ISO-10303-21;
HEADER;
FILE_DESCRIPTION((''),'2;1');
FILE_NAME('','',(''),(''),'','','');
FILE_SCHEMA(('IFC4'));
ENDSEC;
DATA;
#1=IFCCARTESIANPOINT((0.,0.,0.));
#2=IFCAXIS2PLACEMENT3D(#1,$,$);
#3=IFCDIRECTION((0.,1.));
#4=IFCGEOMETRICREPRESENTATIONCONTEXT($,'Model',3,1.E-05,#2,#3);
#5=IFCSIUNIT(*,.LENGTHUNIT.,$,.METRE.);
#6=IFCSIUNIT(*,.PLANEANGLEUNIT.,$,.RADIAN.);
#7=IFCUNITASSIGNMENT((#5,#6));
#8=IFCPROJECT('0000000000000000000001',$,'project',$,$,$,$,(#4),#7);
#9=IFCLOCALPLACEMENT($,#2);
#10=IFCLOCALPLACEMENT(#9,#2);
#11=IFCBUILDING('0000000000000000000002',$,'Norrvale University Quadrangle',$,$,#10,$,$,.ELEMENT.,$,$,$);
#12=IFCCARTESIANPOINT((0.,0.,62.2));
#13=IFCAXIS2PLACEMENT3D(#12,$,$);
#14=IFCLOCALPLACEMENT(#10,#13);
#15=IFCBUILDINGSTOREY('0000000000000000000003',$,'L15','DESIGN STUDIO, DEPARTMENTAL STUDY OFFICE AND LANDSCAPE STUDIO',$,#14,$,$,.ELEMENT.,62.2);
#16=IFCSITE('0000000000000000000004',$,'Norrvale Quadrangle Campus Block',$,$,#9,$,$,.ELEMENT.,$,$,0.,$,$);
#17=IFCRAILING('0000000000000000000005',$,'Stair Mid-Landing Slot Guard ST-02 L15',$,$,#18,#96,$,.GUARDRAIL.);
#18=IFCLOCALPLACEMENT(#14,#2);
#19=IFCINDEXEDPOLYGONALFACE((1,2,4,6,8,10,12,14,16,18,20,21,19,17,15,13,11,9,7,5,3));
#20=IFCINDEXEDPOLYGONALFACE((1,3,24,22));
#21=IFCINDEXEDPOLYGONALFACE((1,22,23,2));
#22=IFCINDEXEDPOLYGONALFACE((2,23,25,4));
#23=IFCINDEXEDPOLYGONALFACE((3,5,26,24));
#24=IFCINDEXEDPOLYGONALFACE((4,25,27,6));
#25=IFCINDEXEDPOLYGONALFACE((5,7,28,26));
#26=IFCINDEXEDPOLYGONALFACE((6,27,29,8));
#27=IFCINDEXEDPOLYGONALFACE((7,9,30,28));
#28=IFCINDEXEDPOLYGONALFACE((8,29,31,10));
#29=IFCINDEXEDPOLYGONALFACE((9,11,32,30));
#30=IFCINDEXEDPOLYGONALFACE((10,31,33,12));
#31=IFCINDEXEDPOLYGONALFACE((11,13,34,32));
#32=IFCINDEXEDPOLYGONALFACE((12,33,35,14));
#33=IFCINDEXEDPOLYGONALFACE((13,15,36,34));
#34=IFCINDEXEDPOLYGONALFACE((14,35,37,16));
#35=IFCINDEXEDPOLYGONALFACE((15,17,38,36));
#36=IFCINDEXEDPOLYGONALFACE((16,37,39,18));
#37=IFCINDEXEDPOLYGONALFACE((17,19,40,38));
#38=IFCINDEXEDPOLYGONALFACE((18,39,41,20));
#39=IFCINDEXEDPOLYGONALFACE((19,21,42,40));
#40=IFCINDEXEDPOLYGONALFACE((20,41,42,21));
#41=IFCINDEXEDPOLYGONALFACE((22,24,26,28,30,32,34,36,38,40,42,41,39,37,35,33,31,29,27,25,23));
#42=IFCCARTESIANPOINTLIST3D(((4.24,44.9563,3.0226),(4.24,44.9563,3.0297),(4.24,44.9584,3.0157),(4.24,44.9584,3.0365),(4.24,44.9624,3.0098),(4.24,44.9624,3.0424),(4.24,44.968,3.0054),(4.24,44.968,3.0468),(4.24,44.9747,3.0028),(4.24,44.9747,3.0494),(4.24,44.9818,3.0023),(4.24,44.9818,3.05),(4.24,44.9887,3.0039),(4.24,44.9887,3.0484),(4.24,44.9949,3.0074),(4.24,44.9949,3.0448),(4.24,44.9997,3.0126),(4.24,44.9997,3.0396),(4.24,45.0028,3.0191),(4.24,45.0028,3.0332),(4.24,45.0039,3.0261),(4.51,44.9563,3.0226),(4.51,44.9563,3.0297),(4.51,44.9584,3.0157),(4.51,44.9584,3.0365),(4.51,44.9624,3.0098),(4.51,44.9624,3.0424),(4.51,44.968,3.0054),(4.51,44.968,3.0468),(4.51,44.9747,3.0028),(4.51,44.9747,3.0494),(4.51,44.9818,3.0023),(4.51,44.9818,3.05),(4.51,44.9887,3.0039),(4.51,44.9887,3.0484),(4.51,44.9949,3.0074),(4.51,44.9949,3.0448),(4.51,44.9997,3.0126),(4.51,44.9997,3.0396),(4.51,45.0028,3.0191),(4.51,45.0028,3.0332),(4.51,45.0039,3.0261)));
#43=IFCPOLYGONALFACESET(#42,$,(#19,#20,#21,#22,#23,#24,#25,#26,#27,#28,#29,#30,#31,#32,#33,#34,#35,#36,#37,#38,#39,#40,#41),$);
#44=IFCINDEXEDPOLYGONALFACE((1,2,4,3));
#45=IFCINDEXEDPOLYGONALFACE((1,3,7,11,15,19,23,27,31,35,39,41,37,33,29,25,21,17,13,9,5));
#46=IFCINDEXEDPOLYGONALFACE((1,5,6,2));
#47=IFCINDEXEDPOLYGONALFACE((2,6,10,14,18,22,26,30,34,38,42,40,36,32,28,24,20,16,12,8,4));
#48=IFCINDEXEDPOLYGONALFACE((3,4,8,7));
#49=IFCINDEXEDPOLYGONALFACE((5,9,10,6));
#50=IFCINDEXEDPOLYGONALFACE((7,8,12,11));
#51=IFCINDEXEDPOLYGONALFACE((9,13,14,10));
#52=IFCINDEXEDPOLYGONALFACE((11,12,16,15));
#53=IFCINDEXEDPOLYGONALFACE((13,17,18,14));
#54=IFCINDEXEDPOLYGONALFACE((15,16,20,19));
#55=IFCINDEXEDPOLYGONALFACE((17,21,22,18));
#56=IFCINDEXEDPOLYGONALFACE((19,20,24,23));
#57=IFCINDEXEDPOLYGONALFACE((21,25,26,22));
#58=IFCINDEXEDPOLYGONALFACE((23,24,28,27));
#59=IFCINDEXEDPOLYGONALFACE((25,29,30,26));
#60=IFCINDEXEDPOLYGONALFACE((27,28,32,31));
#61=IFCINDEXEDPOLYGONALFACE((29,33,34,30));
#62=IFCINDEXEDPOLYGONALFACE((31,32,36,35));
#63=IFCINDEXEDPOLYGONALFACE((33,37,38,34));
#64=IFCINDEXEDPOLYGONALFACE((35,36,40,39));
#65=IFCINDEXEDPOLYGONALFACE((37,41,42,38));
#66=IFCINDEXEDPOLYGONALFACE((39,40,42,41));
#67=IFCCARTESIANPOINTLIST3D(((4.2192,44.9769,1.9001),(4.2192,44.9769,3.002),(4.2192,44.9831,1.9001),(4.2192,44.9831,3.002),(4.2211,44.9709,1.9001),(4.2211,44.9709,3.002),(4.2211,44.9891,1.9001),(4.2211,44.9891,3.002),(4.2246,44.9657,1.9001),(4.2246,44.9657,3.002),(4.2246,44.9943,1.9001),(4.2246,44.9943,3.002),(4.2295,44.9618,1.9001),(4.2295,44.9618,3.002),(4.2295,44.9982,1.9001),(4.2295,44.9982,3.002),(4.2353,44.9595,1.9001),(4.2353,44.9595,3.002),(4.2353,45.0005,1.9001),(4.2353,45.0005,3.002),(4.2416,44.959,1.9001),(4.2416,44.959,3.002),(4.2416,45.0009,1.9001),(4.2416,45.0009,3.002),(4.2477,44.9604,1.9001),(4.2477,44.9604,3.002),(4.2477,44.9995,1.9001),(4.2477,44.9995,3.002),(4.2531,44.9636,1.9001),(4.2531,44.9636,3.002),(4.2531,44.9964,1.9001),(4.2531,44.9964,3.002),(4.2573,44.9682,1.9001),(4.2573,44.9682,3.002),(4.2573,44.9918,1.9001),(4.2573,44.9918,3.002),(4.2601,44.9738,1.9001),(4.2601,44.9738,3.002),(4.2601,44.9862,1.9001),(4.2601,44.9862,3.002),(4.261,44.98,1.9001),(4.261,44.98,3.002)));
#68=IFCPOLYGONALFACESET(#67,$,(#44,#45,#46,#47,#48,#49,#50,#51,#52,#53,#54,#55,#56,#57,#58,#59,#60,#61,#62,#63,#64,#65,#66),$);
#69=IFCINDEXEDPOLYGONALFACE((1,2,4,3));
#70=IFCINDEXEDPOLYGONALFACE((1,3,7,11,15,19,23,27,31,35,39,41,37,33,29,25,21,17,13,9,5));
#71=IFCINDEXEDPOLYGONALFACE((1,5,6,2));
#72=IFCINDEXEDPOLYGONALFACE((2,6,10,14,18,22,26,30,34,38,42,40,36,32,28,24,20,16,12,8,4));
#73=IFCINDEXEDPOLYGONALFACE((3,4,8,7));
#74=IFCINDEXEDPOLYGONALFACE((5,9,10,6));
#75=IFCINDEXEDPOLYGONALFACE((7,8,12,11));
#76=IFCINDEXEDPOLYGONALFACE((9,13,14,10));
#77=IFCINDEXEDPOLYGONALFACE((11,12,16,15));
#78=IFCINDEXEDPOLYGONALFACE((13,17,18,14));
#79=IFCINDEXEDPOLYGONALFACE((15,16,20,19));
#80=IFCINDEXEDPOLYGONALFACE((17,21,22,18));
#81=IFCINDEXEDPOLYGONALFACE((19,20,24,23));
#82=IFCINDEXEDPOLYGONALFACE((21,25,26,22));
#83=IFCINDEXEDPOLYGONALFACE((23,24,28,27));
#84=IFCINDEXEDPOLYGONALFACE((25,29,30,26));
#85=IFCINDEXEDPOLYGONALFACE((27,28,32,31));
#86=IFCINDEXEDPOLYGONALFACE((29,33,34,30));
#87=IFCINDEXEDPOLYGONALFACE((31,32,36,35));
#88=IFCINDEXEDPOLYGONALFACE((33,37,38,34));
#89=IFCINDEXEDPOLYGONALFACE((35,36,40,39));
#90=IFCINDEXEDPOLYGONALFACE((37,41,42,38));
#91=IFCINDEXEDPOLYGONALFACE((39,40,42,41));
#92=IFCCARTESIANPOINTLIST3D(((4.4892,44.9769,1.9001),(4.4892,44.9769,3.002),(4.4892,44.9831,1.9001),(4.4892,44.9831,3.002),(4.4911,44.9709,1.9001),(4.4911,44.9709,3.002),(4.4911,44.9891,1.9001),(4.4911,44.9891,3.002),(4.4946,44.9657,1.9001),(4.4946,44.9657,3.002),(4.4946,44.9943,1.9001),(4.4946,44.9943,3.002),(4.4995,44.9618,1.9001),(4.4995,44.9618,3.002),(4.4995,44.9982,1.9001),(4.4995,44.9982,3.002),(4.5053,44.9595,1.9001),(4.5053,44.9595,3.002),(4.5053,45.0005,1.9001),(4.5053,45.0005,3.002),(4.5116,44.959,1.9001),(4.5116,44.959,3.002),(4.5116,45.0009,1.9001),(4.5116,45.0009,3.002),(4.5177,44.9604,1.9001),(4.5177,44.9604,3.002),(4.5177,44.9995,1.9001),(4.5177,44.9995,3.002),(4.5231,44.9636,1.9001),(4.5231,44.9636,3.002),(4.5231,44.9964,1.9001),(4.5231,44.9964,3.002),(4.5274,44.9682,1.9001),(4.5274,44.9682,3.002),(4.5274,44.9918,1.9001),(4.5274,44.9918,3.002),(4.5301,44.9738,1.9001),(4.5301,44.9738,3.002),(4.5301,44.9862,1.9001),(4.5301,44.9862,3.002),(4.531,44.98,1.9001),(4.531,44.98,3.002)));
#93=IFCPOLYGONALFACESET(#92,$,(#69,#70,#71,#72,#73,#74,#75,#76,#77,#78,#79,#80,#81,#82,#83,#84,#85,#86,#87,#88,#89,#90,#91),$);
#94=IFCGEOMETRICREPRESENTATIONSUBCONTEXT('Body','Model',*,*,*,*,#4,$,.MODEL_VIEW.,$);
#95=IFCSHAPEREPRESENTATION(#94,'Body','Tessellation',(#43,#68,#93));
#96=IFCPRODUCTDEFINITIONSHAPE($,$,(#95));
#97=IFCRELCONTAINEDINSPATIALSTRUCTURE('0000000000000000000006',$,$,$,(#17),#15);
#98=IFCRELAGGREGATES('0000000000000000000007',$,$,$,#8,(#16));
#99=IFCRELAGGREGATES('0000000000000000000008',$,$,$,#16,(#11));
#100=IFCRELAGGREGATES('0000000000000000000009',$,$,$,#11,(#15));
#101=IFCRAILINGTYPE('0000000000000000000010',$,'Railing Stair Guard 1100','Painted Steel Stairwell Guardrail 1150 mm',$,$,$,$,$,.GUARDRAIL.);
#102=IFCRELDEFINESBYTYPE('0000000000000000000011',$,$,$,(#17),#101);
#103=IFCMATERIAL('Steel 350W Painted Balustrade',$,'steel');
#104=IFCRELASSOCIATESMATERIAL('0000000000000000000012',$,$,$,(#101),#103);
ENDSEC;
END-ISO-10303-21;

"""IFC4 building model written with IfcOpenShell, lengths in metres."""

from ifc_helpers import new_model, si_unit, direction, frame, origin, origin_2d, place, context, subcontext, project, spatial, circle, extrude, material, type_object, element, save


model = new_model("IFC4")

# Units and contexts
model_context = context("Model", 3, precision=1e-05, world=origin(), true_north=direction((0.0, 1.0)))
body_context = subcontext(model_context, "Body", "Model", "MODEL_VIEW")
ifc_project = project(units=[si_unit("LENGTHUNIT", "METRE"), si_unit("PLANEANGLEUNIT", "RADIAN")], contexts=[model_context])

# Site, building, storey
site_placement = place(None, origin())
site = spatial("IfcSite", under=ifc_project, at=site_placement, Name="Norrvale Quadrangle Campus Block", CompositionType="ELEMENT", RefElevation=0.0)
building_placement = place(site_placement, origin())
building = spatial("IfcBuilding", under=site, at=building_placement, Name="Norrvale University Quadrangle", CompositionType="ELEMENT")
storey_placement = place(building_placement, frame((0.0, 0.0, 62.2)))
storey = spatial("IfcBuildingStorey", under=building, at=storey_placement, Name="L15", Description="DESIGN STUDIO, DEPARTMENTAL STUDY OFFICE AND LANDSCAPE STUDIO", CompositionType="ELEMENT", Elevation=62.2)

# Railing
ifc_material_1 = material(Name="Steel 350W Painted Balustrade", Category="steel")
railing_type_1 = type_object("IfcRailingType", Name="Railing Stair Guard 1100", Description="Painted Steel Stairwell Guardrail 1150 mm", PredefinedType="GUARDRAIL", material=ifc_material_1)
for number, where, name in (
    (1, (4.24, 44.98, 1.9001), "Stair Mid-Landing Slot Guard ST-02 L15"),
):
    element("IfcRailing", number, at=place(storey_placement, frame(where)), inside=storey, type_object=railing_type_1, Name=name, PredefinedType="GUARDRAIL", context=body_context, shape_type="SweptSolid", body=[
        extrude(circle(Radius=0.0239, at=origin_2d()), frame((0.0, 0.0, 1.126), z_axis=(1.0, 0.0, 0.0), x_axis=(0.0, 1.0, 0.0)), (0.0, 0.0, 1.0), 0.27),
        extrude(circle(Radius=0.021, at=origin_2d()), origin(), (0.0, 0.0, 1.0), 1.1018),
        extrude(circle(Radius=0.021, at=origin_2d()), frame((0.27, 0.0, 0.0)), (0.0, 0.0, 1.0), 1.1018),
    ])

save(model, "model.ifc")
